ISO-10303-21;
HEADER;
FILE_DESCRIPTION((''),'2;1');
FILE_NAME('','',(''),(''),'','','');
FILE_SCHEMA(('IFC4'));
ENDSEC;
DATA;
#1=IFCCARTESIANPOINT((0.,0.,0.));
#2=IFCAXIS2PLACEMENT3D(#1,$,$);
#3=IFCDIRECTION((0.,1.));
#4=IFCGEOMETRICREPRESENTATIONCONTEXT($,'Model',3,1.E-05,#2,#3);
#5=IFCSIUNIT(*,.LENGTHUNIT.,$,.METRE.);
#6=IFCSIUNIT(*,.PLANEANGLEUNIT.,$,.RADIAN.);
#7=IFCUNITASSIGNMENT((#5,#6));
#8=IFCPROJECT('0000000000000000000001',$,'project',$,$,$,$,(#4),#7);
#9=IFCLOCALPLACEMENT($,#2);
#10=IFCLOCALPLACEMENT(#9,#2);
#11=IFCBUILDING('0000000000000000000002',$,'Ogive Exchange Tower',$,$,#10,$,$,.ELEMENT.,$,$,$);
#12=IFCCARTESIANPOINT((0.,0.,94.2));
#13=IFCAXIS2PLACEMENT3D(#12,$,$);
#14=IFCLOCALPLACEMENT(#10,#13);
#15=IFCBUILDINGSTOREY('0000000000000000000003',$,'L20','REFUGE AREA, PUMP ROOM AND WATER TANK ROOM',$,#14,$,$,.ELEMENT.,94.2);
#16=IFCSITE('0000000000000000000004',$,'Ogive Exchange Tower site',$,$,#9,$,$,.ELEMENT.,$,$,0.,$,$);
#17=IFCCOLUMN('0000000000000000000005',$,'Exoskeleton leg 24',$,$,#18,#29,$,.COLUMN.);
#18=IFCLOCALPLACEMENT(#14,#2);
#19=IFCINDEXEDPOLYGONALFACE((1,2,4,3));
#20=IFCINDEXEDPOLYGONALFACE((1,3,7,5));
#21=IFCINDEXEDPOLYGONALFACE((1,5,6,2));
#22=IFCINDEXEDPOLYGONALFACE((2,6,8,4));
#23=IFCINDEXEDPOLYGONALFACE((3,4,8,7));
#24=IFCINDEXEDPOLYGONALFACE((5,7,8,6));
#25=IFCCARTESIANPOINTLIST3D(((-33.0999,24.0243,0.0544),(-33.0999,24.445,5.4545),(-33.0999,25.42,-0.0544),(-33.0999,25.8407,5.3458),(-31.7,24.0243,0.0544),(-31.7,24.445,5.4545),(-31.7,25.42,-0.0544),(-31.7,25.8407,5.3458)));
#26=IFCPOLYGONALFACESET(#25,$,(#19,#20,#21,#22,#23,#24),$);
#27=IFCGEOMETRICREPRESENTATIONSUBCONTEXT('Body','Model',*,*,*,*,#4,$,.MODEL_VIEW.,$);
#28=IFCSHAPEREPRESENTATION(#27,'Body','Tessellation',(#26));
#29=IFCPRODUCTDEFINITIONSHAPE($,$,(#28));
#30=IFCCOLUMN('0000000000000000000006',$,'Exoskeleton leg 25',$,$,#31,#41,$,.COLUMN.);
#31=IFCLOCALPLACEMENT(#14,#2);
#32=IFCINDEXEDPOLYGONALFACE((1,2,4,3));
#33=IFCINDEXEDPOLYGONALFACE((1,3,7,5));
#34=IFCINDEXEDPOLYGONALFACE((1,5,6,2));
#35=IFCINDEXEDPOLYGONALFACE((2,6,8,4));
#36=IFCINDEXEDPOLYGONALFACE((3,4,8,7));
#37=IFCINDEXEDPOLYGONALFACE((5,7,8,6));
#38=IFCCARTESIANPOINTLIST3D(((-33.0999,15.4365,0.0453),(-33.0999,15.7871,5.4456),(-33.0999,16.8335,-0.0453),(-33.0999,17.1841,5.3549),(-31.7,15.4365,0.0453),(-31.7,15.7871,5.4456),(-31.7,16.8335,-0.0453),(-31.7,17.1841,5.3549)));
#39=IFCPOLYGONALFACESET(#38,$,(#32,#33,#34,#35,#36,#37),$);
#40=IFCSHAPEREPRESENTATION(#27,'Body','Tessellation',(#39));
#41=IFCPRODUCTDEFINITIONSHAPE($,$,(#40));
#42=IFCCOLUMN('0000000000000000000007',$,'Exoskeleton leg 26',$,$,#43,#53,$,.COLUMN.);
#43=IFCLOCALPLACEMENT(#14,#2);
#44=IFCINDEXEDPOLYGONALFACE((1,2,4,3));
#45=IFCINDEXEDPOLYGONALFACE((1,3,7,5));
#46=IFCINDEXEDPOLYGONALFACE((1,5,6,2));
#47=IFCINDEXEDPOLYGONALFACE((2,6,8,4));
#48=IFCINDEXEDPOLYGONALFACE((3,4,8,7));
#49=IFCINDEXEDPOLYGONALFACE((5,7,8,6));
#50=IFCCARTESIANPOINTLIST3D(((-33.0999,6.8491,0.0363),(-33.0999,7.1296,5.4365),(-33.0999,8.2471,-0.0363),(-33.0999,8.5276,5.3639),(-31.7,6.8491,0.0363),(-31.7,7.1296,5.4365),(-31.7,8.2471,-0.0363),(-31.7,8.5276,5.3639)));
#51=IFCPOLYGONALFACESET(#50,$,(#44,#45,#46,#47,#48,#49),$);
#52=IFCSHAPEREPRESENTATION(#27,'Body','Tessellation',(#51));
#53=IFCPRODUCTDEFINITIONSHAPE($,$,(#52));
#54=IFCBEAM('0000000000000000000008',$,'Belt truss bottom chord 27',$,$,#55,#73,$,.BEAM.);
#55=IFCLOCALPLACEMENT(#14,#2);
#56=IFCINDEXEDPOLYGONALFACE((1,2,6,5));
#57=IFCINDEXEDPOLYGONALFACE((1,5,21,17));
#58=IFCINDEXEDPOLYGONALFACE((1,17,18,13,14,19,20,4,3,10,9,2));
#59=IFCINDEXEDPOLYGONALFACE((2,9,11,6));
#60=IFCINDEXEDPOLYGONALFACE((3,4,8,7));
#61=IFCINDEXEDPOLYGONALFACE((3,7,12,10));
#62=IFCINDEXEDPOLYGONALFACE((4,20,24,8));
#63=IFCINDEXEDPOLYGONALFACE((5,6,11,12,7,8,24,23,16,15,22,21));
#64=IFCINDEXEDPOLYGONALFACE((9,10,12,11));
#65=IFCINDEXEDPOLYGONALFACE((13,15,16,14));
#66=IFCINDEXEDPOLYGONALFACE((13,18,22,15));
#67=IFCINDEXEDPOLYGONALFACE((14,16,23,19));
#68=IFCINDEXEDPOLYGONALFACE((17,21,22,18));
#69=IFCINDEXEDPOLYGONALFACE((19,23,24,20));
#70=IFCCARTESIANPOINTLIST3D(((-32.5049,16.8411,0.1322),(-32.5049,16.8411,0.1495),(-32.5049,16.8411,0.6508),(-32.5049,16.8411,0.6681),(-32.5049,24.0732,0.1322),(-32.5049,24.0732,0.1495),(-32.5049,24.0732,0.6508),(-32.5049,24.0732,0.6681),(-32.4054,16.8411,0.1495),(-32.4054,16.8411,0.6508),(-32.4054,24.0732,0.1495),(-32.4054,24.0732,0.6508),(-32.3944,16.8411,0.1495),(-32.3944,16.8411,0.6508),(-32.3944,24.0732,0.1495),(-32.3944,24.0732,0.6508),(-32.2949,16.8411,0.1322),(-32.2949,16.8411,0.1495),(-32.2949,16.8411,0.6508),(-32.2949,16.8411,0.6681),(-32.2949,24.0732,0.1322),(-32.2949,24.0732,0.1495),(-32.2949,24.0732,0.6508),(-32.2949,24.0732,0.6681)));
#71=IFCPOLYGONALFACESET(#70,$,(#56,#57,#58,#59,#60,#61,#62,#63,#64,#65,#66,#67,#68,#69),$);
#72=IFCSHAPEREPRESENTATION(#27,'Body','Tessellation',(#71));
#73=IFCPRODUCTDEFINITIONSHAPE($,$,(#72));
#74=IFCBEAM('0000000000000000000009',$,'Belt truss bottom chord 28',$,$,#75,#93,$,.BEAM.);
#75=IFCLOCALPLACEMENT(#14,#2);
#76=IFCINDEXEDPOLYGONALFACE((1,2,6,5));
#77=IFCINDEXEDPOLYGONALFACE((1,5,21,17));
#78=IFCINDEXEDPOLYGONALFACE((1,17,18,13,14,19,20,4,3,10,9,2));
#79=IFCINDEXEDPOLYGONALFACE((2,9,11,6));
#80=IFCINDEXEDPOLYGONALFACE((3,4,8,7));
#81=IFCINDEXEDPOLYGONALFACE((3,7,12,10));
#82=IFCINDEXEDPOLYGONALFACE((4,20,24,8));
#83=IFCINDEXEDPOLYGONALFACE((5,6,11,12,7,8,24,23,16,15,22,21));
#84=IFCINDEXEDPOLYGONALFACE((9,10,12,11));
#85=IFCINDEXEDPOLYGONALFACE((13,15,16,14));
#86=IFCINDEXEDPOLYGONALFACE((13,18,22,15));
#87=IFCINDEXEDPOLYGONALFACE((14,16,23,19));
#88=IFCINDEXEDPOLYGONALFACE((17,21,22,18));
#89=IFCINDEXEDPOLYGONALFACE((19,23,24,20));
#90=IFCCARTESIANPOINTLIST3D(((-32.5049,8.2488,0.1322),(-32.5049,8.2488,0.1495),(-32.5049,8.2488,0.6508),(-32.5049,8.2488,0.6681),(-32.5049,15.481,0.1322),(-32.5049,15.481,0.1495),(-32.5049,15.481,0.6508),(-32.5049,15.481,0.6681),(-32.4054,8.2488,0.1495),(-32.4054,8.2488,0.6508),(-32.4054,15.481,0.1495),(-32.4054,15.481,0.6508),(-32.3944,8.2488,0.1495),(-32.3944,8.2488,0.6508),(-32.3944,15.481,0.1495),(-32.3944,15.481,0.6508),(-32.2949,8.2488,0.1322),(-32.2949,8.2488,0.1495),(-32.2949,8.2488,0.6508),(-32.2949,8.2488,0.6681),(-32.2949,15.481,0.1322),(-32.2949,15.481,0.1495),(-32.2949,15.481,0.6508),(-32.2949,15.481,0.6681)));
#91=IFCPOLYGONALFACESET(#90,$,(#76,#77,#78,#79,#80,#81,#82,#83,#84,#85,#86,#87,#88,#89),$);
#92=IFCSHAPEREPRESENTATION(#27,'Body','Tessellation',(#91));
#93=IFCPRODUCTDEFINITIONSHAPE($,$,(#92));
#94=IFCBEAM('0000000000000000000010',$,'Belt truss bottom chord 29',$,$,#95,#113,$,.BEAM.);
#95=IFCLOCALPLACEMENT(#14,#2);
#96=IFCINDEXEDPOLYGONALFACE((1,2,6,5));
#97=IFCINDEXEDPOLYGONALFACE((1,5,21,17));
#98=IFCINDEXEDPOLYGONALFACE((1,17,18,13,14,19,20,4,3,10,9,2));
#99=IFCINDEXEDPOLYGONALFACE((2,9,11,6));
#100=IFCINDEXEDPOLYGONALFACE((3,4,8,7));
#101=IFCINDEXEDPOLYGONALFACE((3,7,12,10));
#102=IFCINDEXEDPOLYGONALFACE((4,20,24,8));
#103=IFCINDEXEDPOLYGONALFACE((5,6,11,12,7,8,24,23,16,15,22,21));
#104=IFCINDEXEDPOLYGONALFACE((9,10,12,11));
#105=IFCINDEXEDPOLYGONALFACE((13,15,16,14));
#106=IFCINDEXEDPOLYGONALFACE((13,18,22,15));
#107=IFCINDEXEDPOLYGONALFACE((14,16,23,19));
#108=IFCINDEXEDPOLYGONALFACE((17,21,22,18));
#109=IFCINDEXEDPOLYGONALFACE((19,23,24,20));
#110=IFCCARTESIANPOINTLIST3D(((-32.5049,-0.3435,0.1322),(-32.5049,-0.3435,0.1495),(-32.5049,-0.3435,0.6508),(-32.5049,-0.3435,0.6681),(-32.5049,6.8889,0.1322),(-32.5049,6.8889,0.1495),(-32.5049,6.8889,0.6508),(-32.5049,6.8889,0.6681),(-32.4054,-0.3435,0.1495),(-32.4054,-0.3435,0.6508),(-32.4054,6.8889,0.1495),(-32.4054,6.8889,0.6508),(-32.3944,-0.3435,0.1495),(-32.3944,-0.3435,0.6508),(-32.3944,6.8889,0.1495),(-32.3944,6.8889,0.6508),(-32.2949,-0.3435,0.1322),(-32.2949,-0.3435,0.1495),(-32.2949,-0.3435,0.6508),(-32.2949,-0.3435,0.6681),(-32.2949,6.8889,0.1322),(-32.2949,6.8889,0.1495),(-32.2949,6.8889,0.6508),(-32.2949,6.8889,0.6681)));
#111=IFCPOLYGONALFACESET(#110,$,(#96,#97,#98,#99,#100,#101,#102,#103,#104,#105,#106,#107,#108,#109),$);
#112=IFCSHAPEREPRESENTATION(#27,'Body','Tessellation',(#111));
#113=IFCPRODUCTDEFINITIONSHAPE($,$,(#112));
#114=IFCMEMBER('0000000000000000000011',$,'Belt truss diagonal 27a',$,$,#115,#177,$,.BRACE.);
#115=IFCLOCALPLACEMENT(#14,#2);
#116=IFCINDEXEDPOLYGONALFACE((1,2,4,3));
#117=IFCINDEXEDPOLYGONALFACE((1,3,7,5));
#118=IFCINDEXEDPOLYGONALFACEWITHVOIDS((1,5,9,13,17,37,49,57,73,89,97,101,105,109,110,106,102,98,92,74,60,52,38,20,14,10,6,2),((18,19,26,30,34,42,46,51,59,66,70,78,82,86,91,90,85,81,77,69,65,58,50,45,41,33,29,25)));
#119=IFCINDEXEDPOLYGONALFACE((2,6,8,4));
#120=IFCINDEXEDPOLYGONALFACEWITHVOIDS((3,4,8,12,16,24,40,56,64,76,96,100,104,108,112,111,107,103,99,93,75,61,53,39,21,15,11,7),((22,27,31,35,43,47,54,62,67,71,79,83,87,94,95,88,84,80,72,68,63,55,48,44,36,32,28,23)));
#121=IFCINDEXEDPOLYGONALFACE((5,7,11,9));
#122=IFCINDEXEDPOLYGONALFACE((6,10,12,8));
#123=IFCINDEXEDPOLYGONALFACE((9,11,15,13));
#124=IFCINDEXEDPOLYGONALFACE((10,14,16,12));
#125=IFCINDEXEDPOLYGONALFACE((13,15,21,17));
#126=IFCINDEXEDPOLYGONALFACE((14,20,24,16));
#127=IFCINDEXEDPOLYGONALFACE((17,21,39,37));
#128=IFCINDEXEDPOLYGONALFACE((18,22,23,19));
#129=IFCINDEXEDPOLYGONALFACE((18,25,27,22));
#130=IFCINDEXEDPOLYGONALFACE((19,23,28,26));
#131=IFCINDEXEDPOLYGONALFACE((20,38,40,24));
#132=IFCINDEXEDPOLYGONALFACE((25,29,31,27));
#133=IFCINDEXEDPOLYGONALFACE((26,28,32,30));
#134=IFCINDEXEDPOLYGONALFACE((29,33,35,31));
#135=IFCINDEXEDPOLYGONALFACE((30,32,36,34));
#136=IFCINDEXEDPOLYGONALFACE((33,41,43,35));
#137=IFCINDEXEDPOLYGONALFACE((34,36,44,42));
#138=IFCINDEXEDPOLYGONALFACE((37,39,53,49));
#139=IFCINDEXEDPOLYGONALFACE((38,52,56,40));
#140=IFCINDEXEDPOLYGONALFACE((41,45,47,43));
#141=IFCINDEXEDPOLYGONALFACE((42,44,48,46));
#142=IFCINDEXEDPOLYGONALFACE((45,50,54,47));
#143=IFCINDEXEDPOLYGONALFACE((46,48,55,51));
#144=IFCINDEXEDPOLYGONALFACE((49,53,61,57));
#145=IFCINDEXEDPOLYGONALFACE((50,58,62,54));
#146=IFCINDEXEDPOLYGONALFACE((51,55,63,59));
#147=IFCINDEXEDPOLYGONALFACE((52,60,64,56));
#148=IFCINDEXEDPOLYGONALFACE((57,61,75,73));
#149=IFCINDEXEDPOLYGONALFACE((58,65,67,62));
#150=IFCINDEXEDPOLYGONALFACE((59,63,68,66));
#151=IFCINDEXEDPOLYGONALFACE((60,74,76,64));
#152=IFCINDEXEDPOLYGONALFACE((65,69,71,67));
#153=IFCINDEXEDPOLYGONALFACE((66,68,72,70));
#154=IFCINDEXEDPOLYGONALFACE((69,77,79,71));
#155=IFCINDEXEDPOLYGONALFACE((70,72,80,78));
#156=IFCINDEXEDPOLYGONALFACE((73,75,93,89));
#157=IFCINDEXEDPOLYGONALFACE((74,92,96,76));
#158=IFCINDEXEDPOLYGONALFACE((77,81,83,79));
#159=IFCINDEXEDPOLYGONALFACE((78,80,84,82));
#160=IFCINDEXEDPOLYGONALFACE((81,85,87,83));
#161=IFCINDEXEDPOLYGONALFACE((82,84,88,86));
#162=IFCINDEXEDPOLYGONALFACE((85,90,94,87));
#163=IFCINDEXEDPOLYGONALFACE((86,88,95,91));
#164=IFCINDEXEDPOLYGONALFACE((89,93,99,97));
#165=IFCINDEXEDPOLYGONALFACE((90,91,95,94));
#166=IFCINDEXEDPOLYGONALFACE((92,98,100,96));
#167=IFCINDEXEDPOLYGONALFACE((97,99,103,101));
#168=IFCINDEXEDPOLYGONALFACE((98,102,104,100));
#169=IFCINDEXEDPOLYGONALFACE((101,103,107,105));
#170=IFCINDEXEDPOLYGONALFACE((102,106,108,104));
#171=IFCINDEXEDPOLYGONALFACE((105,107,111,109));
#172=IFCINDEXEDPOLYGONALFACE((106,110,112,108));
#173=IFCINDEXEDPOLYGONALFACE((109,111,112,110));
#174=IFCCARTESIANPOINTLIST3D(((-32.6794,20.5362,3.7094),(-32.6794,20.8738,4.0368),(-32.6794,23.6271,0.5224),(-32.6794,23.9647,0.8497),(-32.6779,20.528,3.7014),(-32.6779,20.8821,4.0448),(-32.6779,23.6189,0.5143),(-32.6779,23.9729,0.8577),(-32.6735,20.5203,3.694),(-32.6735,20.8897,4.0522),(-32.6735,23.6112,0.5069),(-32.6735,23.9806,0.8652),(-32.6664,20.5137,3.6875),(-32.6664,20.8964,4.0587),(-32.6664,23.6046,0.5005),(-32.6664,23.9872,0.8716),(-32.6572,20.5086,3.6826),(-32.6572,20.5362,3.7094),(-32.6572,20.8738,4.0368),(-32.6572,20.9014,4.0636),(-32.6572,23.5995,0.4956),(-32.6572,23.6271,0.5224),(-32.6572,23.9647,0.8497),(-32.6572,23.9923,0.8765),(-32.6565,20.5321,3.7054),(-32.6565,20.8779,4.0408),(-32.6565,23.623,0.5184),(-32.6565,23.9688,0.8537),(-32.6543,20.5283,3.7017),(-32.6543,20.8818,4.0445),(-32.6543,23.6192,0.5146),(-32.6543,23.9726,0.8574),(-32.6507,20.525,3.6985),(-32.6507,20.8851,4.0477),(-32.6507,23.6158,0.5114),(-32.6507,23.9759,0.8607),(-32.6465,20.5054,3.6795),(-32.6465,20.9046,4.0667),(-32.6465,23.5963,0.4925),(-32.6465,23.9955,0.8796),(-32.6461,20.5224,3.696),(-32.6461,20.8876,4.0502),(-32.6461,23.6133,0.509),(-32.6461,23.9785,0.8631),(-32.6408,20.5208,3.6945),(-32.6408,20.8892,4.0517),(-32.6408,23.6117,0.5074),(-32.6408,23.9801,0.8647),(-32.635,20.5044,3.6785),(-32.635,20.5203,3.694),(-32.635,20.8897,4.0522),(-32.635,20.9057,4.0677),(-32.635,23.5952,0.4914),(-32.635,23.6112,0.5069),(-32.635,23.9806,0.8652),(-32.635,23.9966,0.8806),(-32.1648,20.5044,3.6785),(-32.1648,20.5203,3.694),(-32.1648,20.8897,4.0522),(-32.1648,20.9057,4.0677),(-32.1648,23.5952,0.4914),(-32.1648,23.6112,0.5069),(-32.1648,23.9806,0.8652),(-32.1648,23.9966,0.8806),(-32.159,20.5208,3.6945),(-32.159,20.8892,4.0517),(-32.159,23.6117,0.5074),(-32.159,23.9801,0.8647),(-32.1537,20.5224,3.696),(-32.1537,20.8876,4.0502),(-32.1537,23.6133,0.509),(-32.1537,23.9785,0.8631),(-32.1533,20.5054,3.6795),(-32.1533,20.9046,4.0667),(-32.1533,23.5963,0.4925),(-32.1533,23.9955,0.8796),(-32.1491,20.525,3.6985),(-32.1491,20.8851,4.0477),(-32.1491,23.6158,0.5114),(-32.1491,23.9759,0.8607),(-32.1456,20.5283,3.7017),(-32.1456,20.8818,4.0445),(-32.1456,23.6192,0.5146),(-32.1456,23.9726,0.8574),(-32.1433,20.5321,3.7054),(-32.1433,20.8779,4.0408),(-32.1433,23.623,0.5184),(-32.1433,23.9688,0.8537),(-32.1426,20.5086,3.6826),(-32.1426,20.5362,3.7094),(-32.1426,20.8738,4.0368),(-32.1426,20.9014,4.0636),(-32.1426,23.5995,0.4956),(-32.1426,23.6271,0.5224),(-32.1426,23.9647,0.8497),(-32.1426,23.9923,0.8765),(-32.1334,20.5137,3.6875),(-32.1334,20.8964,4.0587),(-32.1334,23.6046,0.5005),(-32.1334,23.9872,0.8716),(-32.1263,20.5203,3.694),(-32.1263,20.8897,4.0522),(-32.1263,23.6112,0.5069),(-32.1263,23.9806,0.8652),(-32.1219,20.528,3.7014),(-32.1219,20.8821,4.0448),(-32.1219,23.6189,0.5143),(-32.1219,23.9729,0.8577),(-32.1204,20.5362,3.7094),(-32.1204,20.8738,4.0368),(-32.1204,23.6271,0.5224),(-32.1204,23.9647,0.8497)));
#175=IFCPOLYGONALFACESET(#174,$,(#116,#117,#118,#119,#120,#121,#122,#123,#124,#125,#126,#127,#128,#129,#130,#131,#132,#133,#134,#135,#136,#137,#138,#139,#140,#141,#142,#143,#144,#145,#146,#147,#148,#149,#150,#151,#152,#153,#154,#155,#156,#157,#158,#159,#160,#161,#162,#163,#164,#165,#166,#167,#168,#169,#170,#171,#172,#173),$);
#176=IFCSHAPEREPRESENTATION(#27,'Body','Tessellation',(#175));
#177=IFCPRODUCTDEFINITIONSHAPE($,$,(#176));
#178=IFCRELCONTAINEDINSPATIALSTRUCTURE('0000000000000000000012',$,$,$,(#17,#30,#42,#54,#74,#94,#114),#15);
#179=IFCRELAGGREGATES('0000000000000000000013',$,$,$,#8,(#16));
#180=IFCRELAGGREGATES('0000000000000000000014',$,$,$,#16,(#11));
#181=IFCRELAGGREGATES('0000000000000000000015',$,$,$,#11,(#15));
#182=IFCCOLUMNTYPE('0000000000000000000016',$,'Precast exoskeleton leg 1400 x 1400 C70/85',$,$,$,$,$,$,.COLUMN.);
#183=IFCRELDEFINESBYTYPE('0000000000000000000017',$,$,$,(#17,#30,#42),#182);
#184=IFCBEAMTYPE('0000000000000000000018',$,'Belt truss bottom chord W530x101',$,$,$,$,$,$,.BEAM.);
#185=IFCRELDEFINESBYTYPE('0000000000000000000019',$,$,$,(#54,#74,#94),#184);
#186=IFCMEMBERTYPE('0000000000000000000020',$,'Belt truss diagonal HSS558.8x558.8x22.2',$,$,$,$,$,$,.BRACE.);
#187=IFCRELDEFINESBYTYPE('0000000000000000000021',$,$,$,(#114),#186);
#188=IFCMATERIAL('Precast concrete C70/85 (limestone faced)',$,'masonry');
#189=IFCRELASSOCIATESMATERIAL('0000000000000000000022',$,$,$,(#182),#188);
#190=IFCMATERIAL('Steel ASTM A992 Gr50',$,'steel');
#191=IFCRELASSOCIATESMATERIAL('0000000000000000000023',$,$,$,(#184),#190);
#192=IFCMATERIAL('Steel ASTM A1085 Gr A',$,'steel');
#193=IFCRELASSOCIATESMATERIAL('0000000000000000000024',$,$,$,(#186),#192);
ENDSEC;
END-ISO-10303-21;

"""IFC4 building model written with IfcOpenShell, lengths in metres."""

from ifc_helpers import new_model, si_unit, direction, frame, origin, origin_2d, place, context, subcontext, project, spatial, rectangle, hollow_rectangle, i_section, extrude, material, material_profile, profile_set, type_object, element, save


model = new_model("IFC4")

# Units and contexts
model_context = context("Model", 3, precision=1e-05, world=origin(), true_north=direction((0.0, 1.0)))
body_context = subcontext(model_context, "Body", "Model", "MODEL_VIEW")
ifc_project = project(units=[si_unit("LENGTHUNIT", "METRE"), si_unit("PLANEANGLEUNIT", "RADIAN")], contexts=[model_context])

# Site, building, storey
site_placement = place(None, origin())
site = spatial("IfcSite", under=ifc_project, at=site_placement, Name="Ogive Exchange Tower site", CompositionType="ELEMENT", RefElevation=0.0)
building_placement = place(site_placement, origin())
building = spatial("IfcBuilding", under=site, at=building_placement, Name="Ogive Exchange Tower", CompositionType="ELEMENT")
storey_placement = place(building_placement, frame((0.0, 0.0, 94.2)))
storey = spatial("IfcBuildingStorey", under=building, at=storey_placement, Name="L20", Description="REFUGE AREA, PUMP ROOM AND WATER TANK ROOM", CompositionType="ELEMENT", Elevation=94.2)

# Columns
ifc_material_1 = material(Name="Precast concrete C70/85 (limestone faced)", Category="masonry")
ifc_material_profile_1 = material_profile(ifc_material_1, rectangle(XDim=1.3999, YDim=1.3999, at=origin_2d()), Name="1400 x 1400")
ifc_profile_set_1 = profile_set([ifc_material_profile_1], Name="Precast concrete C70/85 (limestone faced)")
column_type = type_object("IfcColumnType", Name="Precast exoskeleton leg 1400 x 1400 C70/85", PredefinedType="COLUMN", material=ifc_profile_set_1)
column_1_placement = place(storey_placement, frame((-32.3999, 24.7222, 0.0), z_axis=(0.0, 0.077662, 0.99698), x_axis=(-1.0, 0.0, 0.0)))
element("IfcColumn", 1, at=column_1_placement, inside=storey, type_object=column_type, Name="Exoskeleton leg 24", PredefinedType="COLUMN", context=body_context, shape_type="SweptSolid", body=[
    extrude(rectangle(XDim=1.3999, YDim=1.3999, at=origin_2d()), origin(), (0.0, 0.0, 1.0), 5.4165),
])
column_2_placement = place(storey_placement, frame((-32.3999, 16.135, 0.0), z_axis=(0.0, 0.064785, 0.997899), x_axis=(-1.0, 0.0, 0.0)))
element("IfcColumn", 2, at=column_2_placement, inside=storey, type_object=column_type, Name="Exoskeleton leg 25", PredefinedType="COLUMN", context=body_context, shape_type="SweptSolid", body=[
    extrude(rectangle(XDim=1.3999, YDim=1.3999, at=origin_2d()), origin(), (0.0, 0.0, 1.0), 5.4116),
])
column_3_placement = place(storey_placement, frame((-32.3999, 7.5481, 0.0), z_axis=(0.0, 0.051876, 0.998654), x_axis=(-1.0, 0.0, 0.0)))
element("IfcColumn", 3, at=column_3_placement, inside=storey, type_object=column_type, Name="Exoskeleton leg 26", PredefinedType="COLUMN", context=body_context, shape_type="SweptSolid", body=[
    extrude(rectangle(XDim=1.3999, YDim=1.3999, at=origin_2d()), origin(), (0.0, 0.0, 1.0), 5.4075),
])

# Beams
ifc_material_2 = material(Name="Steel ASTM A992 Gr50", Category="steel")
ifc_material_profile_2 = material_profile(ifc_material_2, i_section(OverallWidth=0.21, OverallDepth=0.5359, WebThickness=0.011, FlangeThickness=0.0173, at=origin_2d()), Name="W530x101")
ifc_profile_set_2 = profile_set([ifc_material_profile_2], Name="Steel ASTM A992 Gr50")
beam_type_1 = type_object("IfcBeamType", Name="Belt truss bottom chord W530x101", PredefinedType="BEAM", material=ifc_profile_set_2)
for number, where, z_axis, x_axis, name in (
    (4, (-32.3999, 24.0732, 0.4001), (0.0, -1.0, 0.0), (1.0, 0.0, 0.0), "Belt truss bottom chord 27"),
    (5, (-32.3999, 15.481, 0.4001), (0.0, -1.0, 0.0), (1.0, 0.0, 0.0), "Belt truss bottom chord 28"),
):
    element("IfcBeam", number, at=place(storey_placement, frame(where, z_axis=z_axis, x_axis=x_axis)), inside=storey, type_object=beam_type_1, Name=name, PredefinedType="BEAM", context=body_context, shape_type="SweptSolid", body=[
        extrude(i_section(OverallWidth=0.21, OverallDepth=0.5359, WebThickness=0.011, FlangeThickness=0.0173, at=origin_2d()), origin(), (0.0, 0.0, 1.0), 7.2322),
    ])
beam_1_placement = place(storey_placement, frame((-32.3999, 6.8889, 0.4001), z_axis=(0.0, -1.0, 0.0), x_axis=(1.0, 0.0, 0.0)))
element("IfcBeam", 6, at=beam_1_placement, inside=storey, type_object=beam_type_1, Name="Belt truss bottom chord 29", PredefinedType="BEAM", context=body_context, shape_type="SweptSolid", body=[
    extrude(i_section(OverallWidth=0.21, OverallDepth=0.5359, WebThickness=0.011, FlangeThickness=0.0173, at=origin_2d()), origin(), (0.0, 0.0, 1.0), 7.2324),
])

# Member
ifc_material_3 = material(Name="Steel ASTM A1085 Gr A", Category="steel")
ifc_material_profile_3 = material_profile(ifc_material_3, hollow_rectangle(XDim=0.5591, YDim=0.5591, WallThickness=0.0222, InnerFilletRadius=0.0222, OuterFilletRadius=0.0444, at=origin_2d()), Name="HSS558.8x558.8x22.2")
ifc_profile_set_3 = profile_set([ifc_material_profile_3], Name="Steel ASTM A1085 Gr A")
member_type_1 = type_object("IfcMemberType", Name="Belt truss diagonal HSS558.8x558.8x22.2", PredefinedType="BRACE", material=ifc_profile_set_3)
member_1_placement = place(storey_placement, frame((-32.3999, 23.7959, 0.686), z_axis=(0.0, -0.69619, 0.717857), x_axis=(1.0, 0.0, 0.0)))
element("IfcMember", 7, at=member_1_placement, inside=storey, type_object=member_type_1, Name="Belt truss diagonal 27a", PredefinedType="BRACE", context=body_context, shape_type="SweptSolid", body=[
    extrude(hollow_rectangle(XDim=0.5591, YDim=0.5591, WallThickness=0.0222, InnerFilletRadius=0.0222, OuterFilletRadius=0.0444, at=origin_2d()), origin(), (0.0, 0.0, 1.0), 4.4397),
])

save(model, "model.ifc")
